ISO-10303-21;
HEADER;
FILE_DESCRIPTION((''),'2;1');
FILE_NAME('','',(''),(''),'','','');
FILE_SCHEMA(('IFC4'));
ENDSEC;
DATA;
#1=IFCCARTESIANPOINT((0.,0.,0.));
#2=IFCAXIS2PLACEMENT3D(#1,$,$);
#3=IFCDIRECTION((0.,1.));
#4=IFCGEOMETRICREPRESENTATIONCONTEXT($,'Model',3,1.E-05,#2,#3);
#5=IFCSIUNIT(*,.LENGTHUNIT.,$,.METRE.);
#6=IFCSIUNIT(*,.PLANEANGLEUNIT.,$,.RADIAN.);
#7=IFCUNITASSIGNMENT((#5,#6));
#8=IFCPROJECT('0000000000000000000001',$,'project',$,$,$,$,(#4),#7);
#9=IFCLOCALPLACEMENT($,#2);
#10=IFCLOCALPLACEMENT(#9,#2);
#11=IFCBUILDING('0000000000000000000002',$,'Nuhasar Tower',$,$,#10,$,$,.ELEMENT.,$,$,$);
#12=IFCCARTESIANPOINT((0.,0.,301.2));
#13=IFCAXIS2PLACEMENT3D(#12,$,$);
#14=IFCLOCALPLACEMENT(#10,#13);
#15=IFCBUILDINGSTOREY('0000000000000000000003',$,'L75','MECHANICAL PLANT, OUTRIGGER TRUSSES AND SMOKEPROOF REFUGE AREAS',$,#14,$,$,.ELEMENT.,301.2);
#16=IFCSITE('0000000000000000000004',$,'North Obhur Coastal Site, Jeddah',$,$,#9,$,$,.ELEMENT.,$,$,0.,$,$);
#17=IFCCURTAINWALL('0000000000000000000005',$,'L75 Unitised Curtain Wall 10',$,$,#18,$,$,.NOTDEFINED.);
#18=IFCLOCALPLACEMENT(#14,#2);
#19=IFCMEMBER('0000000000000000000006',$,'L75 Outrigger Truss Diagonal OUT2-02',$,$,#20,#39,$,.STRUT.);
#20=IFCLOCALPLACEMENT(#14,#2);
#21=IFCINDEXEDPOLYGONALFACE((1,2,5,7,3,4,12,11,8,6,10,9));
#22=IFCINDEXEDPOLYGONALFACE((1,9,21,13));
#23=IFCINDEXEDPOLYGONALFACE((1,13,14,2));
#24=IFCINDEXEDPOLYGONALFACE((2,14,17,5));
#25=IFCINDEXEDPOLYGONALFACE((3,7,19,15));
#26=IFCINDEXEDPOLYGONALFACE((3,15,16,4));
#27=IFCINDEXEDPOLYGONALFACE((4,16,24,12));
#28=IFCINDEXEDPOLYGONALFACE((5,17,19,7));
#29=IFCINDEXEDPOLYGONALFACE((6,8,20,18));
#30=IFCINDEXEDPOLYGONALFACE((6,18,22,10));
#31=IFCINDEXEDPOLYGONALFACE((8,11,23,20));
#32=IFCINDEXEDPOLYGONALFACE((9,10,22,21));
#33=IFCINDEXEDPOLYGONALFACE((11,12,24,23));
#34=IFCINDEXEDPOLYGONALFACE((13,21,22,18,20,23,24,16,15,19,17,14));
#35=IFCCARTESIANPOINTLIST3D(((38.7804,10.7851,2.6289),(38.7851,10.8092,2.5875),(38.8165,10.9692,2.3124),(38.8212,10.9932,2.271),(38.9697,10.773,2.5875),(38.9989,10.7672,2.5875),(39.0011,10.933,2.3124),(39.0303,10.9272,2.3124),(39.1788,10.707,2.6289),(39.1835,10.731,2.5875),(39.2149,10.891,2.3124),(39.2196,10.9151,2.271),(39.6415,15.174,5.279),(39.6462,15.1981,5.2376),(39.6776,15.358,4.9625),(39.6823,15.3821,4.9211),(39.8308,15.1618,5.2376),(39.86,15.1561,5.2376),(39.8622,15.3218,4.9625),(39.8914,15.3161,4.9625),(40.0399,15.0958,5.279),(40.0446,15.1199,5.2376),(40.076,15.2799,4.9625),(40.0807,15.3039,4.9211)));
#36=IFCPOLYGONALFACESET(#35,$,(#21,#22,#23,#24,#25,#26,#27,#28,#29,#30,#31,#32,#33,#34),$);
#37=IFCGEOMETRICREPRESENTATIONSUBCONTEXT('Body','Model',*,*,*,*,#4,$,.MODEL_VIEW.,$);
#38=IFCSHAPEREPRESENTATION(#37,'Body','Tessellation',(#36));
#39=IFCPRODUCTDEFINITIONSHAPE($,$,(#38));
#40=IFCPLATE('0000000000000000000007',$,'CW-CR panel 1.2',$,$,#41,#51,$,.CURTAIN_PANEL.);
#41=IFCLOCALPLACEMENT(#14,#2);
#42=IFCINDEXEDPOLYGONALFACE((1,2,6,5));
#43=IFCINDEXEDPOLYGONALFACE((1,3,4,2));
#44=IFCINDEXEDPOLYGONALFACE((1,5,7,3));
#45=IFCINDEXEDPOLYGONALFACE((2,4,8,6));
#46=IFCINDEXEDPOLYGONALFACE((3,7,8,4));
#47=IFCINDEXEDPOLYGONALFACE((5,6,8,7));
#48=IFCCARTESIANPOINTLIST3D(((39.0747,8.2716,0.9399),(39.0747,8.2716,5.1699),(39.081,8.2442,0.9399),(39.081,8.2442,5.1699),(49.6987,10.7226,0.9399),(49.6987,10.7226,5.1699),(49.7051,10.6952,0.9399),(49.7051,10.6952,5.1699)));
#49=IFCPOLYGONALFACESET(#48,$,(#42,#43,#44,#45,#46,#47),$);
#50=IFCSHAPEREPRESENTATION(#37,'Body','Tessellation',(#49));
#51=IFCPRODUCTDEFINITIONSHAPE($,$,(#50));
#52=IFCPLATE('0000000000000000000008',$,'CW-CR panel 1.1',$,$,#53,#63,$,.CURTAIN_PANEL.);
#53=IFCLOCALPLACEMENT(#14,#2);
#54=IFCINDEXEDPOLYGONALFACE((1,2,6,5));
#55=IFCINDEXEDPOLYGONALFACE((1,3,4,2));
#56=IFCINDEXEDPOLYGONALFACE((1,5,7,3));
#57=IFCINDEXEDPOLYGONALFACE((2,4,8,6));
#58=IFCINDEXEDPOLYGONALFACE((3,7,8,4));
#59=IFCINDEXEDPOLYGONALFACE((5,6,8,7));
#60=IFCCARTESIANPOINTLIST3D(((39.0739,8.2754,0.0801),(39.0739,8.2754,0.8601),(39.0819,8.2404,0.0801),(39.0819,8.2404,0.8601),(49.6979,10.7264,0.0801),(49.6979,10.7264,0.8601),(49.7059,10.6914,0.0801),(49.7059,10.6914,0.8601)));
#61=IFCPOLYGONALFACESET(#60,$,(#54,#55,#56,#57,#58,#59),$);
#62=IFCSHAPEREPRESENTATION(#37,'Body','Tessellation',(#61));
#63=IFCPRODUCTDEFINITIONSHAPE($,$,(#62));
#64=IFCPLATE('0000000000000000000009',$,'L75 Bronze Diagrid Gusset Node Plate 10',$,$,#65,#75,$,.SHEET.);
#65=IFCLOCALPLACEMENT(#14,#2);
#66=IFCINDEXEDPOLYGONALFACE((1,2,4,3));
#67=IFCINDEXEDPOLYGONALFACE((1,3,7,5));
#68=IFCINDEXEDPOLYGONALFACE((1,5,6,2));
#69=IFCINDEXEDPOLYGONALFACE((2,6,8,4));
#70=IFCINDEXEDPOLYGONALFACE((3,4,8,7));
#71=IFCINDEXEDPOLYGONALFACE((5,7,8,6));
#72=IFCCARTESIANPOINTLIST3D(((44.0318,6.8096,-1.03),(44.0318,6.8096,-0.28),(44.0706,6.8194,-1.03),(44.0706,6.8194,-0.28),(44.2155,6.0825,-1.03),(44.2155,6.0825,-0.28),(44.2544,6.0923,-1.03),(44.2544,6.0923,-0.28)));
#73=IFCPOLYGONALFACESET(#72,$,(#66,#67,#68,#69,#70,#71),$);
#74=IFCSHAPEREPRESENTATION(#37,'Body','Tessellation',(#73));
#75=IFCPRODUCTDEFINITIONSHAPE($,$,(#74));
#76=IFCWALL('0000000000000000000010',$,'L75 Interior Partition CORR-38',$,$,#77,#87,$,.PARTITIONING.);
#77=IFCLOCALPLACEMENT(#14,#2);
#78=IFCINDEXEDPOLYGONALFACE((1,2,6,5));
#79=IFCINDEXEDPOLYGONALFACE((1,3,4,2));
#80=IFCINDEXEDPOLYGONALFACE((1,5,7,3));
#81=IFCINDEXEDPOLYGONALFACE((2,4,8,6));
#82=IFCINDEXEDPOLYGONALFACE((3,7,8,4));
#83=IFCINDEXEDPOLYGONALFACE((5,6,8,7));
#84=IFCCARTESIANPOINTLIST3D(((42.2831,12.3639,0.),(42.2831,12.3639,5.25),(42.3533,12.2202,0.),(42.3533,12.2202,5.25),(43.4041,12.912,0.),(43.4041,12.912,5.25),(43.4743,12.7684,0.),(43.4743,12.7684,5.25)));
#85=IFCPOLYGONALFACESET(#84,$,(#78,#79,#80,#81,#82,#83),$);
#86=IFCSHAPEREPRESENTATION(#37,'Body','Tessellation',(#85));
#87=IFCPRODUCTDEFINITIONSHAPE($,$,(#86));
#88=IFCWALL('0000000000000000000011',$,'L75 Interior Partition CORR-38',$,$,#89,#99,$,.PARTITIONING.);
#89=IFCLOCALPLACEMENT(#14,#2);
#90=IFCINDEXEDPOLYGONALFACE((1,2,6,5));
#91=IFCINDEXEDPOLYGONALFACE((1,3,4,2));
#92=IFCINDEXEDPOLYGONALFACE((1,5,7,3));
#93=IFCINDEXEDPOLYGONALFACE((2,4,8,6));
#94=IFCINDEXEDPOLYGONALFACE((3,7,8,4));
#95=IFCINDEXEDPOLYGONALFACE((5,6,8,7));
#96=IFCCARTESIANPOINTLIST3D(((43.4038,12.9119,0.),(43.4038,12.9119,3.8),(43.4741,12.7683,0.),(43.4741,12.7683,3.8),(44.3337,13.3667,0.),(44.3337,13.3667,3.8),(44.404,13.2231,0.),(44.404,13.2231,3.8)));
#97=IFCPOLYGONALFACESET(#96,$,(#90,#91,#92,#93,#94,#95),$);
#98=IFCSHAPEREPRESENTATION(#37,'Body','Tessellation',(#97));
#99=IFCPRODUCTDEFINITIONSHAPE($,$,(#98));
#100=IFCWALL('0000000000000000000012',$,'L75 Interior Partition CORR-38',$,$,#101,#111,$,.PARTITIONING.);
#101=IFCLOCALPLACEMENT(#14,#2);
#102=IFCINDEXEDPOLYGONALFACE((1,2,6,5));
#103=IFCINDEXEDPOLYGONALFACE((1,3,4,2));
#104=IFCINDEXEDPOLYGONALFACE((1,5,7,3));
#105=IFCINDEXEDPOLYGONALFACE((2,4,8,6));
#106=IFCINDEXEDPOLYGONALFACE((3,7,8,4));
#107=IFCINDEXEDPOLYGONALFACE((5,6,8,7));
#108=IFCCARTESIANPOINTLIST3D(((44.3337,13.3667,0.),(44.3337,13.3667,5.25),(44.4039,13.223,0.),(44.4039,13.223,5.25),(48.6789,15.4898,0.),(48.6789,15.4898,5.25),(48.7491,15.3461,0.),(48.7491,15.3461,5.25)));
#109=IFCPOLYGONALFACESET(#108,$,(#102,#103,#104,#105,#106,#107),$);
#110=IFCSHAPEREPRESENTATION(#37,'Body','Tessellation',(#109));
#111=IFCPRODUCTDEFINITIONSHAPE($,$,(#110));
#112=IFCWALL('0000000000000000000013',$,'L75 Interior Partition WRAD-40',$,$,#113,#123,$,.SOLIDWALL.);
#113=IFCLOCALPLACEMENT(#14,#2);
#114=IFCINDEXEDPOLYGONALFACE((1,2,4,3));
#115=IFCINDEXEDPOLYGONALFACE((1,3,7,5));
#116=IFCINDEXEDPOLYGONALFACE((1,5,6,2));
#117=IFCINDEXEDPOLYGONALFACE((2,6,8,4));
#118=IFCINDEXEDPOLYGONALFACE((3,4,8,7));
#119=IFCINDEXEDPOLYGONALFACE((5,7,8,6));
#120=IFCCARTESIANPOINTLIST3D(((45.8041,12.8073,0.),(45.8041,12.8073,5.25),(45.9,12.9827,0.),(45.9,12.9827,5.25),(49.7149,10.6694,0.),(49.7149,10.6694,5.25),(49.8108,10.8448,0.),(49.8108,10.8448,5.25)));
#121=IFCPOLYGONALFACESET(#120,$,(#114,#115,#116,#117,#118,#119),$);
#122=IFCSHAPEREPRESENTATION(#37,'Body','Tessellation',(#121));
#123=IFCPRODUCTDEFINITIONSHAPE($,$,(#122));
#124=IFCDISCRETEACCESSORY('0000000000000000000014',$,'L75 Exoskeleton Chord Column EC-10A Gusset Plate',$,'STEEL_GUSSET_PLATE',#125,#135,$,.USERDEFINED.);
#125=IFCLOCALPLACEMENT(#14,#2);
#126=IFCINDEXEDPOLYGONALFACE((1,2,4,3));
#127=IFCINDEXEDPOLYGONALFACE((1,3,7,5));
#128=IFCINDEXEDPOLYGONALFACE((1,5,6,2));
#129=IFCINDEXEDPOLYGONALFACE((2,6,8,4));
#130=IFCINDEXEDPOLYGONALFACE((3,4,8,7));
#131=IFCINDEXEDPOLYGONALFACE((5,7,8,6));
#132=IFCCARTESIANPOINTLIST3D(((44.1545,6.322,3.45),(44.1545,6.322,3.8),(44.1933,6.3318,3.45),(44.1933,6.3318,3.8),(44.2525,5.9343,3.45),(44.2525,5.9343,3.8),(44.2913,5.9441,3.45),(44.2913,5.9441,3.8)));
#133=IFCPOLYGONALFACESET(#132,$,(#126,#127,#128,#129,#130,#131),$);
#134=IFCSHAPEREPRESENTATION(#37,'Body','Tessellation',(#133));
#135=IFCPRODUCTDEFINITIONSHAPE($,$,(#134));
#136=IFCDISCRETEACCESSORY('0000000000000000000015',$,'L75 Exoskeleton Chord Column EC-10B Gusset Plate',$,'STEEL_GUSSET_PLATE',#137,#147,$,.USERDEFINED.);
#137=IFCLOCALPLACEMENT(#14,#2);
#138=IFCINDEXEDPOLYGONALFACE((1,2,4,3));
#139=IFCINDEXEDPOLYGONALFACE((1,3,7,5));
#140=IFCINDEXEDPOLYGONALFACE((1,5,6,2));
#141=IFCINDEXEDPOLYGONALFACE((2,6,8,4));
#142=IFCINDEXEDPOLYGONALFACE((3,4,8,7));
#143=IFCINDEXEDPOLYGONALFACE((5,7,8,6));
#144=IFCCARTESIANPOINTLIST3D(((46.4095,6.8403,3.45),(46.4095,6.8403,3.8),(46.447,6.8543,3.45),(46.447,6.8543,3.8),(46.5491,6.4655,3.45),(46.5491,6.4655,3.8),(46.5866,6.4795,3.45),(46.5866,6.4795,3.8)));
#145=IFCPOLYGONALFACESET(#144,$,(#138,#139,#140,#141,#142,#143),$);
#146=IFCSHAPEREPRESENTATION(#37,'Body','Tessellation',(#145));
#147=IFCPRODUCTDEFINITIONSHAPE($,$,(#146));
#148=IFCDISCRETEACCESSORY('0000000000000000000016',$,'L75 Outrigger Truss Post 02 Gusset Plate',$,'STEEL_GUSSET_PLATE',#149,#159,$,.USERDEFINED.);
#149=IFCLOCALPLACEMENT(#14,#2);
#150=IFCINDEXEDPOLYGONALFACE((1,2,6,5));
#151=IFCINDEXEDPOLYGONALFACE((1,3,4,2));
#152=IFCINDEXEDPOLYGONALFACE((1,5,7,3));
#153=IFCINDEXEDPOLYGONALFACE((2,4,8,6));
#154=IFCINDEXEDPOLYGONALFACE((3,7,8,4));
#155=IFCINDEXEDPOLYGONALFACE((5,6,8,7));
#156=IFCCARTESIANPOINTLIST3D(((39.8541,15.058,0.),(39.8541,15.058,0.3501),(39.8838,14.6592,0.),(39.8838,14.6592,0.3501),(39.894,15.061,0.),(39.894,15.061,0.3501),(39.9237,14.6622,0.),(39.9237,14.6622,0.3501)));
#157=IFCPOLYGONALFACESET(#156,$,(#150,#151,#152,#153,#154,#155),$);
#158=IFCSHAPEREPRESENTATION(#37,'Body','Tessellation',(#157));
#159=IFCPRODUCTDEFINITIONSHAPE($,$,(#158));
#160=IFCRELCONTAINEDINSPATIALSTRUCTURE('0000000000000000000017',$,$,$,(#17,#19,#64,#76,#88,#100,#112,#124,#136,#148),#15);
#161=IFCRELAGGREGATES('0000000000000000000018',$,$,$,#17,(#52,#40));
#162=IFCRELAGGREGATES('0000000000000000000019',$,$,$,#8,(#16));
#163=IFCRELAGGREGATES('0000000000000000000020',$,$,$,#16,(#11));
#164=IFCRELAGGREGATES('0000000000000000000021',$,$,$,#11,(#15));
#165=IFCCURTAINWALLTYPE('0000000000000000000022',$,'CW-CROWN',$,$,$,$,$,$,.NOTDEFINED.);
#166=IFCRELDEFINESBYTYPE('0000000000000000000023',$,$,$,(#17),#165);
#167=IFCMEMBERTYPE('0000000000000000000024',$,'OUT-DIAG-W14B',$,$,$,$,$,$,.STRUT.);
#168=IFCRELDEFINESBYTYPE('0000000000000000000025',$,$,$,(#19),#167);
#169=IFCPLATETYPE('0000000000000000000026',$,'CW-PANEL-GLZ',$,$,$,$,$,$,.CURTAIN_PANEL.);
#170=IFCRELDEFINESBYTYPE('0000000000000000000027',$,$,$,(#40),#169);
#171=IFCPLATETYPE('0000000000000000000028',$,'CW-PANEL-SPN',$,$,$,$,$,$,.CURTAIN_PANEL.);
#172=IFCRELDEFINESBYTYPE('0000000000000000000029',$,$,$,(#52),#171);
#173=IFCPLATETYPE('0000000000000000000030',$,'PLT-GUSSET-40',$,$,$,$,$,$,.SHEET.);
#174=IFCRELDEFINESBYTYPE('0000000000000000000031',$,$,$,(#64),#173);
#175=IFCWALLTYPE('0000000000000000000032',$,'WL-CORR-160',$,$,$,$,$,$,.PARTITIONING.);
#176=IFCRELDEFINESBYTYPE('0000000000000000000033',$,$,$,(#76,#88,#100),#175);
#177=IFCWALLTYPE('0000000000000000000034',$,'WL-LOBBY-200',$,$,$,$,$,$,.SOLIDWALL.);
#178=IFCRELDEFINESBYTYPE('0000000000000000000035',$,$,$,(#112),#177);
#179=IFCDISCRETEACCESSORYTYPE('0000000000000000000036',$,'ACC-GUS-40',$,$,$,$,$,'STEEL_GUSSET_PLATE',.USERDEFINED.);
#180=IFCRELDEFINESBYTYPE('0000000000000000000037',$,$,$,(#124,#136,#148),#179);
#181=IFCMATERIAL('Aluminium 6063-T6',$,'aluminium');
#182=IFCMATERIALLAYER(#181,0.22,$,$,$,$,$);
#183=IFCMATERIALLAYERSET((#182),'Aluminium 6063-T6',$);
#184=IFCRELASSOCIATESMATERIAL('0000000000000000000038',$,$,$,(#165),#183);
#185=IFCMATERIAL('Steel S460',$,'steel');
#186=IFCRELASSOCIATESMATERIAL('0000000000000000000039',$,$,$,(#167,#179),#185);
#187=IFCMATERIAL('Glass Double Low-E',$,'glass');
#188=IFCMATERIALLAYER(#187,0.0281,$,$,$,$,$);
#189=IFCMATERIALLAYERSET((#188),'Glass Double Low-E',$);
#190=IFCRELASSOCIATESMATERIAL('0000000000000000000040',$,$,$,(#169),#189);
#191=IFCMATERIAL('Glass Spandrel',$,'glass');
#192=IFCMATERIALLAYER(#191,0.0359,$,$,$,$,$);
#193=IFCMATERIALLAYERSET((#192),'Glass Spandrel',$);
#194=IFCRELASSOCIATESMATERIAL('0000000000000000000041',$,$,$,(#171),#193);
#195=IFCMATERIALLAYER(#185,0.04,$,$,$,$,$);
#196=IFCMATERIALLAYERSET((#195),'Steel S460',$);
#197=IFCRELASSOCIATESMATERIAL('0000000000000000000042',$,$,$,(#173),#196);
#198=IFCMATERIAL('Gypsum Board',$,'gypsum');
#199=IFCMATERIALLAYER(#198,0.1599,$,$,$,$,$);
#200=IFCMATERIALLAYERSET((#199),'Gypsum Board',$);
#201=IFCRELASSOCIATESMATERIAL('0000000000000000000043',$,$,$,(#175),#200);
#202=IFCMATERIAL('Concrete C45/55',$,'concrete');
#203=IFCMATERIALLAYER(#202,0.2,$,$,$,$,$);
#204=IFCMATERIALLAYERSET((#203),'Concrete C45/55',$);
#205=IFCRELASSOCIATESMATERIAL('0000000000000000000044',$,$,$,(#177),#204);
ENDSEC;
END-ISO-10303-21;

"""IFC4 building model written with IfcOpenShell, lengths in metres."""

from ifc_helpers import new_model, si_unit, direction, frame, frame_2d, origin, origin_2d, place, context, subcontext, project, spatial, rectangle, i_section, extrude, material, layer, layer_set, material_profile, profile_set, type_object, element, aggregate, save


model = new_model("IFC4")

# Units and contexts
model_context = context("Model", 3, precision=1e-05, world=origin(), true_north=direction((0.0, 1.0)))
body_context = subcontext(model_context, "Body", "Model", "MODEL_VIEW")
ifc_project = project(units=[si_unit("LENGTHUNIT", "METRE"), si_unit("PLANEANGLEUNIT", "RADIAN")], contexts=[model_context])

# Site, building, storey
site_placement = place(None, origin())
site = spatial("IfcSite", under=ifc_project, at=site_placement, Name="North Obhur Coastal Site, Jeddah", CompositionType="ELEMENT", RefElevation=0.0)
building_placement = place(site_placement, origin())
building = spatial("IfcBuilding", under=site, at=building_placement, Name="Nuhasar Tower", CompositionType="ELEMENT")
storey_placement = place(building_placement, frame((0.0, 0.0, 301.2)))
storey = spatial("IfcBuildingStorey", under=building, at=storey_placement, Name="L75", Description="MECHANICAL PLANT, OUTRIGGER TRUSSES AND SMOKEPROOF REFUGE AREAS", CompositionType="ELEMENT", Elevation=301.2)

# Shared definitions
ifc_material_1 = material(Name="Steel S460", Category="steel")

# Curtain wall
ifc_material_2 = material(Name="Aluminium 6063-T6", Category="aluminium")
ifc_layer_1 = layer(ifc_material_2, 0.22)
ifc_layer_set_1 = layer_set([ifc_layer_1], Name="Aluminium 6063-T6")
curtain_wall_type = type_object("IfcCurtainWallType", Name="CW-CROWN", PredefinedType="NOTDEFINED", material=ifc_layer_set_1)
curtain_wall_placement = place(storey_placement, origin())
curtain_wall = element("IfcCurtainWall", 1, at=curtain_wall_placement, inside=storey, type_object=curtain_wall_type, Name="L75 Unitised Curtain Wall 10", PredefinedType="NOTDEFINED")

# Member
ifc_material_profile_1 = material_profile(ifc_material_1, i_section(OverallWidth=0.406, OverallDepth=0.416, WebThickness=0.0298, FlangeThickness=0.0481, at=origin_2d()), Name="W14X257")
ifc_profile_set_1 = profile_set([ifc_material_profile_1], Name="Steel S460")
member_type_1 = type_object("IfcMemberType", Name="OUT-DIAG-W14B", PredefinedType="STRUT", material=ifc_profile_set_1)
member_1_placement = place(storey_placement, frame((39.0, 10.8501, 2.45), z_axis=(0.165632, 0.84422, 0.509763), x_axis=(-0.981292, 0.192525, 0.0)))
element("IfcMember", 2, at=member_1_placement, inside=storey, type_object=member_type_1, Name="L75 Outrigger Truss Diagonal OUT2-02", PredefinedType="STRUT", context=body_context, shape_type="SweptSolid", body=[
    extrude(i_section(OverallWidth=0.406, OverallDepth=0.416, WebThickness=0.0298, FlangeThickness=0.0481, at=origin_2d()), origin(), (0.0, 0.0, 1.0), 5.1987),
])

# Plates
ifc_material_3 = material(Name="Glass Double Low-E", Category="glass")
ifc_layer_2 = layer(ifc_material_3, 0.0281)
ifc_layer_set_2 = layer_set([ifc_layer_2], Name="Glass Double Low-E")
plate_type_1 = type_object("IfcPlateType", Name="CW-PANEL-GLZ", PredefinedType="CURTAIN_PANEL", material=ifc_layer_set_2)
plate_1_placement = place(storey_placement, frame((44.3899, 9.4834, 0.9399), z_axis=(0.0, 0.0, 1.0), x_axis=(0.974405, 0.2248, 0.0)))
plate_1 = element("IfcPlate", 3, at=plate_1_placement, type_object=plate_type_1, Name="CW-CR panel 1.2", PredefinedType="CURTAIN_PANEL", context=body_context, shape_type="SweptSolid", body=[
    extrude(rectangle(XDim=10.9031, YDim=0.0281, at=origin_2d()), origin(), (0.0, 0.0, 1.0), 4.23),
])
ifc_material_4 = material(Name="Glass Spandrel", Category="glass")
ifc_layer_3 = layer(ifc_material_4, 0.0359)
ifc_layer_set_3 = layer_set([ifc_layer_3], Name="Glass Spandrel")
plate_type_2 = type_object("IfcPlateType", Name="CW-PANEL-SPN", PredefinedType="CURTAIN_PANEL", material=ifc_layer_set_3)
plate_2_placement = place(storey_placement, frame((44.3899, 9.4834, 0.0801), z_axis=(0.0, 0.0, 1.0), x_axis=(0.974405, 0.2248, 0.0)))
plate_2 = element("IfcPlate", 4, at=plate_2_placement, type_object=plate_type_2, Name="CW-CR panel 1.1", PredefinedType="CURTAIN_PANEL", context=body_context, shape_type="SweptSolid", body=[
    extrude(rectangle(XDim=10.9031, YDim=0.0359, at=origin_2d()), origin(), (0.0, 0.0, 1.0), 0.78),
])
aggregate(curtain_wall, [plate_2, plate_1])
ifc_layer_4 = layer(ifc_material_1, 0.04)
ifc_layer_set_4 = layer_set([ifc_layer_4], Name="Steel S460")
plate_type_3 = type_object("IfcPlateType", Name="PLT-GUSSET-40", PredefinedType="SHEET", material=ifc_layer_set_4)
plate_3_placement = place(storey_placement, frame((44.1431, 6.4509, -1.03), z_axis=(0.0, 0.0, 1.0), x_axis=(0.245037, -0.969514, 0.0)))
element("IfcPlate", 5, at=plate_3_placement, inside=storey, type_object=plate_type_3, Name="L75 Bronze Diagrid Gusset Node Plate 10", PredefinedType="SHEET", context=body_context, shape_type="SweptSolid", body=[
    extrude(rectangle(XDim=0.75, YDim=0.04, at=origin_2d()), origin(), (0.0, 0.0, 1.0), 0.75),
])

# Walls
ifc_material_5 = material(Name="Gypsum Board", Category="gypsum")
ifc_layer_5 = layer(ifc_material_5, 0.1599)
ifc_layer_set_5 = layer_set([ifc_layer_5], Name="Gypsum Board")
wall_type_1 = type_object("IfcWallType", Name="WL-CORR-160", PredefinedType="PARTITIONING", material=ifc_layer_set_5)
wall_1_placement = place(storey_placement, frame((42.3181, 12.292, 0.0), z_axis=(0.0, 0.0, 1.0), x_axis=(0.898345, 0.439291, 0.0)))
element("IfcWall", 6, at=wall_1_placement, inside=storey, type_object=wall_type_1, Name="L75 Interior Partition CORR-38", PredefinedType="PARTITIONING", context=body_context, shape_type="SweptSolid", body=[
    extrude(rectangle(XDim=1.2478, YDim=0.1599, at=frame_2d((0.624, 0.0))), origin(), (0.0, 0.0, 1.0), 5.25),
])
wall_2_placement = place(storey_placement, frame((43.439, 12.8401, 0.0), z_axis=(0.0, 0.0, 1.0), x_axis=(0.898308, 0.439367, 0.0)))
element("IfcWall", 7, at=wall_2_placement, inside=storey, type_object=wall_type_1, Name="L75 Interior Partition CORR-38", PredefinedType="PARTITIONING", context=body_context, shape_type="SweptSolid", body=[
    extrude(rectangle(XDim=1.0352, YDim=0.1599, at=frame_2d((0.5176, 0.0))), origin(), (0.0, 0.0, 1.0), 3.8),
])
wall_3_placement = place(storey_placement, frame((44.3689, 13.2949, 0.0), z_axis=(0.0, 0.0, 1.0), x_axis=(0.898489, 0.438996, 0.0)))
element("IfcWall", 8, at=wall_3_placement, inside=storey, type_object=wall_type_1, Name="L75 Interior Partition CORR-38", PredefinedType="PARTITIONING", context=body_context, shape_type="SweptSolid", body=[
    extrude(rectangle(XDim=4.8362, YDim=0.1599, at=frame_2d((2.418, 0.0))), origin(), (0.0, 0.0, 1.0), 5.25),
])
ifc_material_6 = material(Name="Concrete C45/55", Category="concrete")
ifc_layer_6 = layer(ifc_material_6, 0.2)
ifc_layer_set_6 = layer_set([ifc_layer_6], Name="Concrete C45/55")
wall_type_2 = type_object("IfcWallType", Name="WL-LOBBY-200", PredefinedType="SOLIDWALL", material=ifc_layer_set_6)
wall_4_placement = place(storey_placement, frame((45.8521, 12.895, 0.0), z_axis=(0.0, 0.0, 1.0), x_axis=(0.877449, -0.479669, 0.0)))
element("IfcWall", 9, at=wall_4_placement, inside=storey, type_object=wall_type_2, Name="L75 Interior Partition WRAD-40", PredefinedType="SOLIDWALL", context=body_context, shape_type="SweptSolid", body=[
    extrude(rectangle(XDim=4.457, YDim=0.2, at=frame_2d((2.2285, 0.0))), origin(), (0.0, 0.0, 1.0), 5.25),
])

# Discrete accessories
discrete_accessory_type = type_object("IfcDiscreteAccessoryType", Name="ACC-GUS-40", ElementType="STEEL_GUSSET_PLATE", PredefinedType="USERDEFINED", material=ifc_material_1)
for number, where, z_axis, x_axis, name in (
    (10, (44.2229, 6.1331, 3.45), (0.0, 0.0, 1.0), (0.245037, -0.969514, 0.0), "L75 Exoskeleton Chord Column EC-10A Gusset Plate"),
    (11, (46.498, 6.6599, 3.45), (0.0, 0.0, 1.0), (0.348916, -0.937154, 0.0), "L75 Exoskeleton Chord Column EC-10B Gusset Plate"),
    (12, (39.8889, 14.8601, 0.0), (0.0, 0.0, 1.0), (0.074265, -0.997239, 0.0), "L75 Outrigger Truss Post 02 Gusset Plate"),
):
    element("IfcDiscreteAccessory", number, at=place(storey_placement, frame(where, z_axis=z_axis, x_axis=x_axis)), inside=storey, type_object=discrete_accessory_type, Name=name, ObjectType="STEEL_GUSSET_PLATE", PredefinedType="USERDEFINED", context=body_context, shape_type="SweptSolid", body=[
        extrude(rectangle(XDim=0.3999, YDim=0.04, at=origin_2d()), origin(), (0.0, 0.0, 1.0), 0.3501),
    ])

save(model, "model.ifc")
